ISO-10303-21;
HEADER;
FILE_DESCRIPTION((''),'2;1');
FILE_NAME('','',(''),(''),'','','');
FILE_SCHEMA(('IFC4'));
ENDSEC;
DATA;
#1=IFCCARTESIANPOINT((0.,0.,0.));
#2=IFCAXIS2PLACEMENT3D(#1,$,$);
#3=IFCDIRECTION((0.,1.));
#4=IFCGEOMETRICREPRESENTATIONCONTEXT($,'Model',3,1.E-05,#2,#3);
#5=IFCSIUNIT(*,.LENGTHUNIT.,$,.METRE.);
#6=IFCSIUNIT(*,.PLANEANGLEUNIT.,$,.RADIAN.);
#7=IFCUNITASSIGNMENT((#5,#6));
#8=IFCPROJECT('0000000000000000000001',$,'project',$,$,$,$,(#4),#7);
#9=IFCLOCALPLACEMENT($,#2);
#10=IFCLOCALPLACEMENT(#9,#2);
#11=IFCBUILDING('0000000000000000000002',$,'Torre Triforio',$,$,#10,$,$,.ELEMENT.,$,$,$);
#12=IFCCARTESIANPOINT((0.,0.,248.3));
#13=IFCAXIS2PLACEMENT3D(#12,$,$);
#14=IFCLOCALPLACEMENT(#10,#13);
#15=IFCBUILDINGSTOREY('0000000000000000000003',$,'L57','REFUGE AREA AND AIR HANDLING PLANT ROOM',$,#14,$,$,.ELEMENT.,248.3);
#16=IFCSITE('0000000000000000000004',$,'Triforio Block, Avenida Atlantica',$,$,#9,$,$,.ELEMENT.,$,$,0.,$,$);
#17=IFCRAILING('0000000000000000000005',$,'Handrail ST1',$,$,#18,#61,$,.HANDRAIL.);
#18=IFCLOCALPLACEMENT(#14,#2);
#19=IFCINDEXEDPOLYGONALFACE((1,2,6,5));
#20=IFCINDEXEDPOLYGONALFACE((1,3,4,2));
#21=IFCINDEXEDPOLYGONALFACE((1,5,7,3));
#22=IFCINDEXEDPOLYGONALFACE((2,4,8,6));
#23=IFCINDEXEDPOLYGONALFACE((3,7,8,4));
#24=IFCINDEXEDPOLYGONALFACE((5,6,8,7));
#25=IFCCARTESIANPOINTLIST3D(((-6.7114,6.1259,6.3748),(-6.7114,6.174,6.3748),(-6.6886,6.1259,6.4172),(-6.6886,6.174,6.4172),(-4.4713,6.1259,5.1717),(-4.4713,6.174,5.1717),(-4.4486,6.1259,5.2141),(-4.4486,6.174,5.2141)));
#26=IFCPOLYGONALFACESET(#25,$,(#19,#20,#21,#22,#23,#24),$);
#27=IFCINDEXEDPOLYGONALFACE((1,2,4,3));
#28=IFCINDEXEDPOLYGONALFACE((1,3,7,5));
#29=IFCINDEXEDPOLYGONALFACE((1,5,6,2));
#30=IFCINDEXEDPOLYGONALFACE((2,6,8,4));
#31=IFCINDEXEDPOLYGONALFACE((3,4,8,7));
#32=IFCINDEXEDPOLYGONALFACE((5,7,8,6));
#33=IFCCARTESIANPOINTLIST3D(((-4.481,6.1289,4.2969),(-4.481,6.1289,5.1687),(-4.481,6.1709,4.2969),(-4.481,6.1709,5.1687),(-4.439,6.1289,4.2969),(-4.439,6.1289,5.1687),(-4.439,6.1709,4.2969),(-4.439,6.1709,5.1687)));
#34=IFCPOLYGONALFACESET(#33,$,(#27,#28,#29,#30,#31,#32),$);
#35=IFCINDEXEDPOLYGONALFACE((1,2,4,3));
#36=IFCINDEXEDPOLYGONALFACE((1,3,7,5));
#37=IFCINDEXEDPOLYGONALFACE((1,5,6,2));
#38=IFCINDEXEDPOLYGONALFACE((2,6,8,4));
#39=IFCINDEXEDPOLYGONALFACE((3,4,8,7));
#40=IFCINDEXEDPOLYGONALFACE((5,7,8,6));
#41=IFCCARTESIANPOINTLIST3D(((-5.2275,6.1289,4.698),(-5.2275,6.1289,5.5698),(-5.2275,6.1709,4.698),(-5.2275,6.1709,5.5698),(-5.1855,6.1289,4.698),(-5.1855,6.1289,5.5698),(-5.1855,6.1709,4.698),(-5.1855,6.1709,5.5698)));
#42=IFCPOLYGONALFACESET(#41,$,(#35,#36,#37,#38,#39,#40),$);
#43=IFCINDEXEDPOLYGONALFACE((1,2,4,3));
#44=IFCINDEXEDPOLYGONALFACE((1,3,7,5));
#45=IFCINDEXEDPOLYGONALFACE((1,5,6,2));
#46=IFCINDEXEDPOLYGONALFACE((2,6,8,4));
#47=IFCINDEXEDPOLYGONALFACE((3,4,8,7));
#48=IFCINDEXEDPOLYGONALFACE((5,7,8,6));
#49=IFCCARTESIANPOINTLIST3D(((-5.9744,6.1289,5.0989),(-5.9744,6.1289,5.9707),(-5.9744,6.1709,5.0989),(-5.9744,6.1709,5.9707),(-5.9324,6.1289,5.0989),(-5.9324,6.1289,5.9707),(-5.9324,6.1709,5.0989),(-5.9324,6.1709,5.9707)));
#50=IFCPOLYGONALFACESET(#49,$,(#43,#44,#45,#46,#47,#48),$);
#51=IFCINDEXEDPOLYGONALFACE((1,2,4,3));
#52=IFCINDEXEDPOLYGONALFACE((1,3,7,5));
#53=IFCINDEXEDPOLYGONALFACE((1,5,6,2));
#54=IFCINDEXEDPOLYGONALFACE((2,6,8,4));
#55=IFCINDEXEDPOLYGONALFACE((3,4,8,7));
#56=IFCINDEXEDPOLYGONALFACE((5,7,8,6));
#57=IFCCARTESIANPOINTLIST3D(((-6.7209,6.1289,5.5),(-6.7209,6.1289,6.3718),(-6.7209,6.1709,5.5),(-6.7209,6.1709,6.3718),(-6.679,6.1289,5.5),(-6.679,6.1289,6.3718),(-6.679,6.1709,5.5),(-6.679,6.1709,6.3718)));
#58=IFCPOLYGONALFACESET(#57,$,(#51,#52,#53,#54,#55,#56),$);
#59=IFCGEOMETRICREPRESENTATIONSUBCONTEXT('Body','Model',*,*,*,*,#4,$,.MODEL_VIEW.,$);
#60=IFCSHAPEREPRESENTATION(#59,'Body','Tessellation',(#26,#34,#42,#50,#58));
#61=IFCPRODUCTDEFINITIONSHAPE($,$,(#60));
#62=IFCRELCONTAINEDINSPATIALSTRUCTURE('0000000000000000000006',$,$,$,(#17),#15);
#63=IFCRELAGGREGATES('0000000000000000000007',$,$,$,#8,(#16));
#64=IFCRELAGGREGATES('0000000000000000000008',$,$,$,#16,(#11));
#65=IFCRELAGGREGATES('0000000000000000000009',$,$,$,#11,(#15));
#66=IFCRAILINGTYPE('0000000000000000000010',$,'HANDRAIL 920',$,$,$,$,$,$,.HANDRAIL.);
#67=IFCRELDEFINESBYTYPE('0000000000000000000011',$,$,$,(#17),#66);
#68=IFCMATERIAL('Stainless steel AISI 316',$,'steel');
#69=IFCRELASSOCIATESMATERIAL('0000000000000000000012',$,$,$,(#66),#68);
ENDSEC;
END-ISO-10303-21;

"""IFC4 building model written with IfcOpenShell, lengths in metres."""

from ifc_helpers import new_model, si_unit, direction, frame, origin, origin_2d, place, context, subcontext, project, spatial, rectangle, extrude, material, type_object, element, save


model = new_model("IFC4")

# Units and contexts
model_context = context("Model", 3, precision=1e-05, world=origin(), true_north=direction((0.0, 1.0)))
body_context = subcontext(model_context, "Body", "Model", "MODEL_VIEW")
ifc_project = project(units=[si_unit("LENGTHUNIT", "METRE"), si_unit("PLANEANGLEUNIT", "RADIAN")], contexts=[model_context])

# Site, building, storey
site_placement = place(None, origin())
site = spatial("IfcSite", under=ifc_project, at=site_placement, Name="Triforio Block, Avenida Atlantica", CompositionType="ELEMENT", RefElevation=0.0)
building_placement = place(site_placement, origin())
building = spatial("IfcBuilding", under=site, at=building_placement, Name="Torre Triforio", CompositionType="ELEMENT")
storey_placement = place(building_placement, frame((0.0, 0.0, 248.3)))
storey = spatial("IfcBuildingStorey", under=building, at=storey_placement, Name="L57", Description="REFUGE AREA AND AIR HANDLING PLANT ROOM", CompositionType="ELEMENT", Elevation=248.3)

# Railing
ifc_material_1 = material(Name="Stainless steel AISI 316", Category="steel")
railing_type = type_object("IfcRailingType", Name="HANDRAIL 920", PredefinedType="HANDRAIL", material=ifc_material_1)
for number, where, name in (
    (1, (-4.46, 6.1499, 4.2969), "Handrail ST1"),
):
    element("IfcRailing", number, at=place(storey_placement, frame(where)), inside=storey, type_object=railing_type, Name=name, PredefinedType="HANDRAIL", context=body_context, shape_type="SweptSolid", body=[
        extrude(rectangle(XDim=0.0481, YDim=0.0481, at=origin_2d()), frame((0.0, 0.0, 0.896), z_axis=(-0.880967, 0.0, 0.473178), x_axis=(0.0, -1.0, 0.0)), (0.0, 0.0, 1.0), 2.5427),
        extrude(rectangle(XDim=0.042, YDim=0.042, at=origin_2d()), origin(), (0.0, 0.0, 1.0), 0.8718),
        extrude(rectangle(XDim=0.042, YDim=0.042, at=origin_2d()), frame((-0.7466, 0.0, 0.4011)), (0.0, 0.0, 1.0), 0.8718),
        extrude(rectangle(XDim=0.042, YDim=0.042, at=origin_2d()), frame((-1.4934, 0.0, 0.802)), (0.0, 0.0, 1.0), 0.8718),
        extrude(rectangle(XDim=0.042, YDim=0.042, at=origin_2d()), frame((-2.24, 0.0, 1.2031)), (0.0, 0.0, 1.0), 0.8718),
    ])

save(model, "model.ifc")
